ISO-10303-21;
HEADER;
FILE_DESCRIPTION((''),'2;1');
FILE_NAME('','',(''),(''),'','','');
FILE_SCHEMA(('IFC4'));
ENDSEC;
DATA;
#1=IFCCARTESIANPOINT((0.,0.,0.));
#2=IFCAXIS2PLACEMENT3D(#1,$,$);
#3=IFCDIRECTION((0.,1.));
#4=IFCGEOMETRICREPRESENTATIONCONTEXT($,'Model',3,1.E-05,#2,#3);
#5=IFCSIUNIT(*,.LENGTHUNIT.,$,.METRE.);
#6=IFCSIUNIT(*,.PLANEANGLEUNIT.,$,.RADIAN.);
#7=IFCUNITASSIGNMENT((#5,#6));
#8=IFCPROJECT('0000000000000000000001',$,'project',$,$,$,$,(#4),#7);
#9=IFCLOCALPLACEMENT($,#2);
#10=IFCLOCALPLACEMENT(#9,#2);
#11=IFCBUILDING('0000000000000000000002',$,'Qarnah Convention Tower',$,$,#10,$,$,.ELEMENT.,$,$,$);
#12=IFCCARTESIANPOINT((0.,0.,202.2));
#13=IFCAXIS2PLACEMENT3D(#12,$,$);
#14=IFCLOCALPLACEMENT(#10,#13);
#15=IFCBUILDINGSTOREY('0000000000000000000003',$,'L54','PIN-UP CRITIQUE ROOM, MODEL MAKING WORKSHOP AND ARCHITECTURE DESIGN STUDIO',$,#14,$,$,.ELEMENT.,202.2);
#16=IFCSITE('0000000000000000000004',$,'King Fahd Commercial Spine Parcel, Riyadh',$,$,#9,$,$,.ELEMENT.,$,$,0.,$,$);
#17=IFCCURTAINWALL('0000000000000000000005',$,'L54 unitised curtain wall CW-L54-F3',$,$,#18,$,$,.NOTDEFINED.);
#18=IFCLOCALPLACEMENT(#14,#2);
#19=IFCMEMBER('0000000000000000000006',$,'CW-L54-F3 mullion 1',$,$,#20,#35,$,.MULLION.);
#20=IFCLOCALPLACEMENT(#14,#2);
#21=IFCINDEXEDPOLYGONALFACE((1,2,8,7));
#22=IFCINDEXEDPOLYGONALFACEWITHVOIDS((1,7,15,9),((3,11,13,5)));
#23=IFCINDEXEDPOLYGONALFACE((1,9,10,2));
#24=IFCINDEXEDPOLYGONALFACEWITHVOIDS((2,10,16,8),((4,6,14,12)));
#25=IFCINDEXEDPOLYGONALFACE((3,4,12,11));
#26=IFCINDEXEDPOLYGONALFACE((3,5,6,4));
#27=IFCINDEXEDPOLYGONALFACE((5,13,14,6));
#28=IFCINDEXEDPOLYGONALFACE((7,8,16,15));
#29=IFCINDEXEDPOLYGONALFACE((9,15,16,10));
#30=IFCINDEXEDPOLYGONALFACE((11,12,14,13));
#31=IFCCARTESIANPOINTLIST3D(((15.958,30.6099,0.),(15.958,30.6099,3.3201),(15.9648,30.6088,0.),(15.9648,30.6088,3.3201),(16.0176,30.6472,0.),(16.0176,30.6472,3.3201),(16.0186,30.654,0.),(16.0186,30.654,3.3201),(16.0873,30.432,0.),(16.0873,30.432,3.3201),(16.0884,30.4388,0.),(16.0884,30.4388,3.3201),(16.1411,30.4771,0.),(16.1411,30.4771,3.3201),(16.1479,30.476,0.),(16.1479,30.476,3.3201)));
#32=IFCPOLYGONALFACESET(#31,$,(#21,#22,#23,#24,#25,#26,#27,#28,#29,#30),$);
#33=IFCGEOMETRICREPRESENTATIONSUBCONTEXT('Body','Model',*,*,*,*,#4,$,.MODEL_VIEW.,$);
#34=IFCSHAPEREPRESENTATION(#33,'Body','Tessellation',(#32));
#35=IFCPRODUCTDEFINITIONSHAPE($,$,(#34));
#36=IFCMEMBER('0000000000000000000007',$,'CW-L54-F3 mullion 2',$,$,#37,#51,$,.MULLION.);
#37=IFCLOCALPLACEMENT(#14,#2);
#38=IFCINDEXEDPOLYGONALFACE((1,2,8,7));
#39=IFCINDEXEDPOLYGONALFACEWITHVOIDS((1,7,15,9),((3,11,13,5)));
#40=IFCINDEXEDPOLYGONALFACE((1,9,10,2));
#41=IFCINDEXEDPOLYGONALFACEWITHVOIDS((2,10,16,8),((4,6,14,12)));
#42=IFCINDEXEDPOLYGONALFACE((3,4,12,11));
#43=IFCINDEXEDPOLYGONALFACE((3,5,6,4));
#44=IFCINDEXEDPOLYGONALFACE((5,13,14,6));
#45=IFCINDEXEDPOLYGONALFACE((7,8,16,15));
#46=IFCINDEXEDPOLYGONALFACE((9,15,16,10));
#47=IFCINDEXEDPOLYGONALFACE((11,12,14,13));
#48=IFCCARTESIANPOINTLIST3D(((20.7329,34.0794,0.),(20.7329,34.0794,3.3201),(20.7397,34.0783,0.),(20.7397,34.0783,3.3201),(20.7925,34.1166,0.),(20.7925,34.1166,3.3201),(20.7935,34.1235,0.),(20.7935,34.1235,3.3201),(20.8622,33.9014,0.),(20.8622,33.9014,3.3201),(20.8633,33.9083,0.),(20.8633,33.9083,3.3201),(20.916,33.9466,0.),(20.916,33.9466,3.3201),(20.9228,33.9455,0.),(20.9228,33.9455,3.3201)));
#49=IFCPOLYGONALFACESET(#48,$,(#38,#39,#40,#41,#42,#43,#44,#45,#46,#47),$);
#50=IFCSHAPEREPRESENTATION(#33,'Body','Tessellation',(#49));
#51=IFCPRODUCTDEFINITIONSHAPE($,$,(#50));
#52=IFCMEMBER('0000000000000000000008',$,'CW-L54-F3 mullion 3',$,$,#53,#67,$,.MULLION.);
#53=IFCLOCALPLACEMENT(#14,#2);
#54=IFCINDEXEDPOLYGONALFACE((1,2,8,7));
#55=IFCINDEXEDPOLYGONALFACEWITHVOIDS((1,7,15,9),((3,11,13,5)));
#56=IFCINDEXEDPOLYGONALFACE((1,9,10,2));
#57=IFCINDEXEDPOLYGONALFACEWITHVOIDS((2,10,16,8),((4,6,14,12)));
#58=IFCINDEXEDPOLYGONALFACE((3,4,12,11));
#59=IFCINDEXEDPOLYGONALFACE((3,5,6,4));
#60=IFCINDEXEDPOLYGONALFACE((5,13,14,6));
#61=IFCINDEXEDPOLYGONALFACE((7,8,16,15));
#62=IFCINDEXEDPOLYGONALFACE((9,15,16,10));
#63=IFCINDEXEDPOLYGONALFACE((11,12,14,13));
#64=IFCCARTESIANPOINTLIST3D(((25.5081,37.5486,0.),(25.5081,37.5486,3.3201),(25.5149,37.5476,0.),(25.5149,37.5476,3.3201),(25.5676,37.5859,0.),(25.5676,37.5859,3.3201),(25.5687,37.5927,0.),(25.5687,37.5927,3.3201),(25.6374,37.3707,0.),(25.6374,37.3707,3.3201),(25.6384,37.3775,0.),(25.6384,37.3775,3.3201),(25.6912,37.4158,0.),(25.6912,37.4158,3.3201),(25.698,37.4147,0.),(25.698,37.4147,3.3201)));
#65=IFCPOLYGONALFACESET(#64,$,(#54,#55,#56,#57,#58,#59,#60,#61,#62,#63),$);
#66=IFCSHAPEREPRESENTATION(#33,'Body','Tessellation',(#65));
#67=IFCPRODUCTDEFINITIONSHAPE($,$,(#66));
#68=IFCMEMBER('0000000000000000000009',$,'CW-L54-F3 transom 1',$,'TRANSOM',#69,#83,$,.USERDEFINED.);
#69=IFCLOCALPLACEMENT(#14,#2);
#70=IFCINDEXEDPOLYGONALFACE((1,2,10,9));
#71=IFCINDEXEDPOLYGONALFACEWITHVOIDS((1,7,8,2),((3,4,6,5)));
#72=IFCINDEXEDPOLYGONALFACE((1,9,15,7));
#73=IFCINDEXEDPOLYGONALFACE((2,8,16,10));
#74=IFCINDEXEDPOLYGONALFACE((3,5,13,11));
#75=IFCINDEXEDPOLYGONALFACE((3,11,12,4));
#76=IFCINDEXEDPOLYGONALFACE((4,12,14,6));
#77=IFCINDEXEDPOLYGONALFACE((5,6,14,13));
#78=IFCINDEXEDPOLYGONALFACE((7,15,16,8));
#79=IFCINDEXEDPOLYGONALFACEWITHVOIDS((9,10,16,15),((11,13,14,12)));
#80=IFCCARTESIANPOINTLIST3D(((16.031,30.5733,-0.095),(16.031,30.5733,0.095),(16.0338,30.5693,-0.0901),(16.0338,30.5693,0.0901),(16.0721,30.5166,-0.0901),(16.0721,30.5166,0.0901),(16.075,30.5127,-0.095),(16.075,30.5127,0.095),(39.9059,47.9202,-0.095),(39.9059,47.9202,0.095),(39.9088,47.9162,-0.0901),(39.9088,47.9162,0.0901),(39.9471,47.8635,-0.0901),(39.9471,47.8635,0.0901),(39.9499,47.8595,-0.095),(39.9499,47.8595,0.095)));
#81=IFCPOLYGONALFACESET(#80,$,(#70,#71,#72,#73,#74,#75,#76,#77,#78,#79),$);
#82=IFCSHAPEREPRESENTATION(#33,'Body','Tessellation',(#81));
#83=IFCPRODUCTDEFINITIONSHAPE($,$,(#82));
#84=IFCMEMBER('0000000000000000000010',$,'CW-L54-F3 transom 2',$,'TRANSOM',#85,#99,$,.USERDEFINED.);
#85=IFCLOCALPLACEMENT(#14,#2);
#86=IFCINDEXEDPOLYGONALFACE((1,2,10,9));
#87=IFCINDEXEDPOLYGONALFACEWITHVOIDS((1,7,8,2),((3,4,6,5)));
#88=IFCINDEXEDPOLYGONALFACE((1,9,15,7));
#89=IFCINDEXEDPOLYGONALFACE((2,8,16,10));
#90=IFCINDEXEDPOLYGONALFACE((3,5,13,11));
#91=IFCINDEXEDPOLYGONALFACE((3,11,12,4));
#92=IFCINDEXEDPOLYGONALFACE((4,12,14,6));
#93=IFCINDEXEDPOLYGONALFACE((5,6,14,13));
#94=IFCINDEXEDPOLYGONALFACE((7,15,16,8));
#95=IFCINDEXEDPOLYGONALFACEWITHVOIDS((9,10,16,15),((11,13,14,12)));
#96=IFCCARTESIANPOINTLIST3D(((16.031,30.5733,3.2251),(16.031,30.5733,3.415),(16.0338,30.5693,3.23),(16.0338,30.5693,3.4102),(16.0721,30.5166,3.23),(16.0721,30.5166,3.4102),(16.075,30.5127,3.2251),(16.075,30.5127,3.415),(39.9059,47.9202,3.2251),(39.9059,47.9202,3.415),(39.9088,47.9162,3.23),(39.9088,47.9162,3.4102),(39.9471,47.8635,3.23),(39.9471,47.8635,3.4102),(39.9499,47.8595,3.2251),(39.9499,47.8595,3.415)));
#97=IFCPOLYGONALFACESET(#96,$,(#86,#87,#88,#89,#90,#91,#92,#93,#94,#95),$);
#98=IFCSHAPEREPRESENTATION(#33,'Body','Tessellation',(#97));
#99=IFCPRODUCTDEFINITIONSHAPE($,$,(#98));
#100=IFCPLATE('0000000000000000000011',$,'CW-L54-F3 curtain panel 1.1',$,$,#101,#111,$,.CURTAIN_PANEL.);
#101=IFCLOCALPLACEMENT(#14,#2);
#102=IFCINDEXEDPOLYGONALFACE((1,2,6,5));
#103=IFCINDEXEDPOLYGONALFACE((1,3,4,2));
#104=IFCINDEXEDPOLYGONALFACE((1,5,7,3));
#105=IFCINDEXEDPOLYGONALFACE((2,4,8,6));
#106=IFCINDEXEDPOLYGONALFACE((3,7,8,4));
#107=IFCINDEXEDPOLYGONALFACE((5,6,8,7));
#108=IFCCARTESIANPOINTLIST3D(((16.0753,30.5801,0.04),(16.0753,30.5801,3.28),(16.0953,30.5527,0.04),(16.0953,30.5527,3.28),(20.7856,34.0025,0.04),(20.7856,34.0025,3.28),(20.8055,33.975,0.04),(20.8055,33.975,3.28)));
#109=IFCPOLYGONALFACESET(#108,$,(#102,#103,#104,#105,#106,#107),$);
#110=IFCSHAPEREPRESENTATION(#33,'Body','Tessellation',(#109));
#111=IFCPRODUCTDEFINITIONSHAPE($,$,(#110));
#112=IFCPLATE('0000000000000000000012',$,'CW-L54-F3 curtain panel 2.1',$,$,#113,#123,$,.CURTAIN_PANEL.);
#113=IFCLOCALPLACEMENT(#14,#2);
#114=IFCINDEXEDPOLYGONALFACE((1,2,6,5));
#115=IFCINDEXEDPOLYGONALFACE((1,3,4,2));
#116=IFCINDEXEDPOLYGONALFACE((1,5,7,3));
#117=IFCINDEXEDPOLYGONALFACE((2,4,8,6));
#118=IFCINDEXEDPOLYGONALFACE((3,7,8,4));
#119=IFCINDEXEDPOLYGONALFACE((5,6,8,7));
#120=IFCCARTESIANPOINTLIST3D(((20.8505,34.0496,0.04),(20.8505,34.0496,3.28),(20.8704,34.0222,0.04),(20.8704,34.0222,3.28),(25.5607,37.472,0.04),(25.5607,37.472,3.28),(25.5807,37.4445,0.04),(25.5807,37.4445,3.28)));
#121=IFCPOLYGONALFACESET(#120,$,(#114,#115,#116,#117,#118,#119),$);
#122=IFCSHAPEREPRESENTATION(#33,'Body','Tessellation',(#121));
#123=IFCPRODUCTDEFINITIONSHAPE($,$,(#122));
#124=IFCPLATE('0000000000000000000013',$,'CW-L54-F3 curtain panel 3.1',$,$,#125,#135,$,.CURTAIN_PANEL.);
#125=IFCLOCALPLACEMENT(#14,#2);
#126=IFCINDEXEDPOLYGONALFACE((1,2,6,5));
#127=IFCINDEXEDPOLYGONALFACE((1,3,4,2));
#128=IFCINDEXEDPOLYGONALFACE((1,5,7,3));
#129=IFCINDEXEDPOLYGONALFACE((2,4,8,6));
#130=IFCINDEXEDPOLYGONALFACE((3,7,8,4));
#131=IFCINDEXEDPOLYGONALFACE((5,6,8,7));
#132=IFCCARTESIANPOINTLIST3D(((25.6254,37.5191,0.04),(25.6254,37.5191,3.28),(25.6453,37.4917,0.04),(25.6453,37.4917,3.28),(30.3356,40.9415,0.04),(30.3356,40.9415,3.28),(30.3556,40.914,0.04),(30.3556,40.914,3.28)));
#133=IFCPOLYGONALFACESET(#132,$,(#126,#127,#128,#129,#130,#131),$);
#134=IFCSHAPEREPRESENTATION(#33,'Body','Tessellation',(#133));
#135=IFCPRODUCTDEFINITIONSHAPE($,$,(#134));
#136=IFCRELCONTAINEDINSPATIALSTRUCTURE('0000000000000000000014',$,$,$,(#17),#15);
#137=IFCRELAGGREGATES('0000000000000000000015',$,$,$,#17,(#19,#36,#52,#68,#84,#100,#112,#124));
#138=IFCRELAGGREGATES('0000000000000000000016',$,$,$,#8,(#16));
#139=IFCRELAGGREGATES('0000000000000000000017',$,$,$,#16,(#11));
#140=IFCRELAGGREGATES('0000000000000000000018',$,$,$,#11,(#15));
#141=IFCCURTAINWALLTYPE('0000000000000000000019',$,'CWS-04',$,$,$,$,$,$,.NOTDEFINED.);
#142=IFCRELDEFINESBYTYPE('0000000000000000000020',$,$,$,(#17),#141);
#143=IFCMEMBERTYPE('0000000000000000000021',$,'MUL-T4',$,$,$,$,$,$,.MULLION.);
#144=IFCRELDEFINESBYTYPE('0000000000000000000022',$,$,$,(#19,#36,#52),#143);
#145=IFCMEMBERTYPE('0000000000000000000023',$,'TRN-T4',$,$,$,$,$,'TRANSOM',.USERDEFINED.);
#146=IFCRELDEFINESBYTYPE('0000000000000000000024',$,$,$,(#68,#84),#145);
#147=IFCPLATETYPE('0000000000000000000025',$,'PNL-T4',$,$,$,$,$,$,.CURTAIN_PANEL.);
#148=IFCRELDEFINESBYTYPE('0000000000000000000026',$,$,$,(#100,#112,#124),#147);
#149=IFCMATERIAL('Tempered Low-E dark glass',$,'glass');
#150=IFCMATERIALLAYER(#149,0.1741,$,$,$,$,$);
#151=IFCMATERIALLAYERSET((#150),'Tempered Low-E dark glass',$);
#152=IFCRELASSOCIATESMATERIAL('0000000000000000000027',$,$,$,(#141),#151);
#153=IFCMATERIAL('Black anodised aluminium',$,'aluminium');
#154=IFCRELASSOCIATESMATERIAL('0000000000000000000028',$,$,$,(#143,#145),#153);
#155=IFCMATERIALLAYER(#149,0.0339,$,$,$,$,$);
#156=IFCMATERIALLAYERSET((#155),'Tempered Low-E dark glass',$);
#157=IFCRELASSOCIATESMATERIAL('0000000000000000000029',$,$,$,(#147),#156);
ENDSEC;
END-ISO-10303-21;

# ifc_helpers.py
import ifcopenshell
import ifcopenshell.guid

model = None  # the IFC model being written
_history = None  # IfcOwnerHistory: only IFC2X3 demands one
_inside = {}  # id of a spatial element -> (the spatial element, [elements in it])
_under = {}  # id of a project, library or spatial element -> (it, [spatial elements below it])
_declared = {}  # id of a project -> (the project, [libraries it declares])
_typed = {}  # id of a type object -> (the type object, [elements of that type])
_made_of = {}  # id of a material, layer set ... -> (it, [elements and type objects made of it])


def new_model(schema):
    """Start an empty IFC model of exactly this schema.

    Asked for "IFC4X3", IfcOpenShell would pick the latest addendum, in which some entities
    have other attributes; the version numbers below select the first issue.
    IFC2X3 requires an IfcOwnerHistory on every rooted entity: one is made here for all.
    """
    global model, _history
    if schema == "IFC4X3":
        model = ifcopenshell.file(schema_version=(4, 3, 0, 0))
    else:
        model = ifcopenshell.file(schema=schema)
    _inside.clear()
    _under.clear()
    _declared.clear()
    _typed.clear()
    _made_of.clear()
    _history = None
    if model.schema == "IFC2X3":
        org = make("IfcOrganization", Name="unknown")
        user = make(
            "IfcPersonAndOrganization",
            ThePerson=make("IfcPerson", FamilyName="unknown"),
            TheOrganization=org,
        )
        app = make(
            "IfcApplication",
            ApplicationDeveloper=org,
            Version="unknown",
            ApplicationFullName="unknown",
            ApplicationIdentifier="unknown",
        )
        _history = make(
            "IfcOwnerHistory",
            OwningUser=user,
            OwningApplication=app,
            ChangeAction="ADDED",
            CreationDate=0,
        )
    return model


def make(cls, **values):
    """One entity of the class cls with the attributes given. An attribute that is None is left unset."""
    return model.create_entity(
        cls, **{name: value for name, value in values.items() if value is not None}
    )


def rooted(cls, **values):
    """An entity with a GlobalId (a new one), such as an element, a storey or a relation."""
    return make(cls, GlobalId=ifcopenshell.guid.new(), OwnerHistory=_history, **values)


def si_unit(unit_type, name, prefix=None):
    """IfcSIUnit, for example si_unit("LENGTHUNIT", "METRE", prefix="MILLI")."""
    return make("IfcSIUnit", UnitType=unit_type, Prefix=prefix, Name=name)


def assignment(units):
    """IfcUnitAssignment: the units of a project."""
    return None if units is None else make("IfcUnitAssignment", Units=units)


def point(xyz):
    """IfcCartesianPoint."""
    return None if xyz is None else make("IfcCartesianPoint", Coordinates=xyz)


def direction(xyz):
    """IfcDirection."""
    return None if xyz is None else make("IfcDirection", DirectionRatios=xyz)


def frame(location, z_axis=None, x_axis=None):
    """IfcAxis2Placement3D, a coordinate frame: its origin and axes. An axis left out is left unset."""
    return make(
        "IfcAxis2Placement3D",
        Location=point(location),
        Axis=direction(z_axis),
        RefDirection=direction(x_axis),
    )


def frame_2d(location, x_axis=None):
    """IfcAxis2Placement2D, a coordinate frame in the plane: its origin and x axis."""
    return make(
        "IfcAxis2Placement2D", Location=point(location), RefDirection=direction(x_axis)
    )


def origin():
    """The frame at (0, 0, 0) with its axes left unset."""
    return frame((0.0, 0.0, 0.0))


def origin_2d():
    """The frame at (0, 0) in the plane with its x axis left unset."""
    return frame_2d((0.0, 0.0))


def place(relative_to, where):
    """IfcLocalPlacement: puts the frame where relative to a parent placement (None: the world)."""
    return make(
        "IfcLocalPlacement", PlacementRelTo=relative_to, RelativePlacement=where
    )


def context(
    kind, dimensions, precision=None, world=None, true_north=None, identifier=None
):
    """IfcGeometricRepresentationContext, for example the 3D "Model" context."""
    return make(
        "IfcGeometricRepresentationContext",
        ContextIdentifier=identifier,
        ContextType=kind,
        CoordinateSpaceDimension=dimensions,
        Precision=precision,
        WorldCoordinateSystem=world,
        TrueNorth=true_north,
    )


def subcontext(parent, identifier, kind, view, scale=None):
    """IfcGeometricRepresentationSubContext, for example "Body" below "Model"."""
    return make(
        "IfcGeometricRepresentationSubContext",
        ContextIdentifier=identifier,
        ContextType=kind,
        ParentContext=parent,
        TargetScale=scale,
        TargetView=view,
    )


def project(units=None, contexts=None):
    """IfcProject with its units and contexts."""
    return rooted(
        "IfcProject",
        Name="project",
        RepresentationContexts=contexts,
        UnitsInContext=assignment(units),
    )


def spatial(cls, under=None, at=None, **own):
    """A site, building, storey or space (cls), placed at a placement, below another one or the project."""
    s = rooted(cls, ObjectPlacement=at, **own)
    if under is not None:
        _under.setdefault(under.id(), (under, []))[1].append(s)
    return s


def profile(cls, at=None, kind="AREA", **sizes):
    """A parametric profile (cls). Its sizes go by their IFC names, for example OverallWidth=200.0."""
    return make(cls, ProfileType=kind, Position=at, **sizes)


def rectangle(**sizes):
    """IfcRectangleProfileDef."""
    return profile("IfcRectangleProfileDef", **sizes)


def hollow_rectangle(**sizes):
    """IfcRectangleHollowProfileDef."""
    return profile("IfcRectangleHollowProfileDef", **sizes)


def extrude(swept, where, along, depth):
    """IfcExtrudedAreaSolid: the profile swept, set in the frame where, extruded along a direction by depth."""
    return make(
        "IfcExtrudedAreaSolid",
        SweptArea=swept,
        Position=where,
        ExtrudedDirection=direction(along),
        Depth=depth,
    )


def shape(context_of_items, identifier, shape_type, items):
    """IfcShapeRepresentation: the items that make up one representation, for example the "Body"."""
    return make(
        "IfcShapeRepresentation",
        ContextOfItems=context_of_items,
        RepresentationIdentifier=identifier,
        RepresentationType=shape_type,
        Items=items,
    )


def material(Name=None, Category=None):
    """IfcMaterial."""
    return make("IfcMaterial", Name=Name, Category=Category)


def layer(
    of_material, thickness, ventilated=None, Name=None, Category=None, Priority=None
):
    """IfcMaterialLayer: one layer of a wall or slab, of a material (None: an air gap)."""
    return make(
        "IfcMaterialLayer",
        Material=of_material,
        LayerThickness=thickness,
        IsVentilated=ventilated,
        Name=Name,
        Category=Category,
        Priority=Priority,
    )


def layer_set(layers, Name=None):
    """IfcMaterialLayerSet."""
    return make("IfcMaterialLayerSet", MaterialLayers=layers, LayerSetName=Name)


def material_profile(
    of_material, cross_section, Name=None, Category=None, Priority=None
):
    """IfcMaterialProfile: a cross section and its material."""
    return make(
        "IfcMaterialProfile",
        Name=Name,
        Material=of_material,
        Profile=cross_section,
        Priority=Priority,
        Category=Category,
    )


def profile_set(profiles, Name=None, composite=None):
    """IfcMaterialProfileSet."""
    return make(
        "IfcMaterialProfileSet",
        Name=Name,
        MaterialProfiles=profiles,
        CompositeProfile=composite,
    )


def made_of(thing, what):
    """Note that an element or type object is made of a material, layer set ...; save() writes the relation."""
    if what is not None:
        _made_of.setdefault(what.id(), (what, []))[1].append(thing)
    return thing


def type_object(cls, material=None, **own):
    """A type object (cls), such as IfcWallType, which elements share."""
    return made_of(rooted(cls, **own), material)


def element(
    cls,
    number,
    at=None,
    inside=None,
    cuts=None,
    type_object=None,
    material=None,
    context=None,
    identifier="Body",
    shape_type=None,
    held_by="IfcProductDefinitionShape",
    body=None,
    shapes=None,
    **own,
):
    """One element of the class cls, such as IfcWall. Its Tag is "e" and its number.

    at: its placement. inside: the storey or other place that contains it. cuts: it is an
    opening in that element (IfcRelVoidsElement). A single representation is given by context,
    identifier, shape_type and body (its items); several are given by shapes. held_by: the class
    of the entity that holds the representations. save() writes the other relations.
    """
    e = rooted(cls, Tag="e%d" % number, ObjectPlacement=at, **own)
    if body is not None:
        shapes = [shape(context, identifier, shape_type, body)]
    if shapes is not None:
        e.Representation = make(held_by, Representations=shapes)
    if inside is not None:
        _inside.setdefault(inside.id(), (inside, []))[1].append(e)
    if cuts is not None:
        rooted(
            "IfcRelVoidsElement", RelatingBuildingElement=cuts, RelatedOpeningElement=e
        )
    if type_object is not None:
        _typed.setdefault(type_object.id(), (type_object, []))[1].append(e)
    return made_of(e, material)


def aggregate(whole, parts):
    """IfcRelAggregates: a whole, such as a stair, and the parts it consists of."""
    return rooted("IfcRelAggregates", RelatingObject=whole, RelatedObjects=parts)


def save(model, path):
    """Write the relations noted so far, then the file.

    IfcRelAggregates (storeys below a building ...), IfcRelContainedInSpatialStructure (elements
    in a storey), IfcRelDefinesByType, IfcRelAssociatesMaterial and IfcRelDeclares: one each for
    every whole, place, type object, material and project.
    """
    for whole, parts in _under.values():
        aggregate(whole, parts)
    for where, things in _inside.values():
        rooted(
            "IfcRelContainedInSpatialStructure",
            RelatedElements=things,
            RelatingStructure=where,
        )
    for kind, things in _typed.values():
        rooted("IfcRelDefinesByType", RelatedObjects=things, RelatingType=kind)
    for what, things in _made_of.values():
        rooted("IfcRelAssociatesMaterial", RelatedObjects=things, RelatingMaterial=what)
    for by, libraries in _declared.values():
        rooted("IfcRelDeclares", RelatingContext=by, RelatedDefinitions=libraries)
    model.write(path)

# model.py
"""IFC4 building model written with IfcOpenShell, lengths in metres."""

from ifc_helpers import new_model, si_unit, direction, frame, origin, origin_2d, place, context, subcontext, project, spatial, rectangle, hollow_rectangle, extrude, material, layer, layer_set, material_profile, profile_set, type_object, element, aggregate, save


model = new_model("IFC4")

# Units and contexts
model_context = context("Model", 3, precision=1e-05, world=origin(), true_north=direction((0.0, 1.0)))
body_context = subcontext(model_context, "Body", "Model", "MODEL_VIEW")
ifc_project = project(units=[si_unit("LENGTHUNIT", "METRE"), si_unit("PLANEANGLEUNIT", "RADIAN")], contexts=[model_context])

# Site, building, storey
site_placement = place(None, origin())
site = spatial("IfcSite", under=ifc_project, at=site_placement, Name="King Fahd Commercial Spine Parcel, Riyadh", CompositionType="ELEMENT", RefElevation=0.0)
building_placement = place(site_placement, origin())
building = spatial("IfcBuilding", under=site, at=building_placement, Name="Qarnah Convention Tower", CompositionType="ELEMENT")
storey_placement = place(building_placement, frame((0.0, 0.0, 202.2)))
storey = spatial("IfcBuildingStorey", under=building, at=storey_placement, Name="L54", Description="PIN-UP CRITIQUE ROOM, MODEL MAKING WORKSHOP AND ARCHITECTURE DESIGN STUDIO", CompositionType="ELEMENT", Elevation=202.2)

# Curtain wall, members, plates
ifc_material_1 = material(Name="Tempered Low-E dark glass", Category="glass")
ifc_layer_1 = layer(ifc_material_1, 0.1741)
ifc_layer_set_1 = layer_set([ifc_layer_1], Name="Tempered Low-E dark glass")
curtain_wall_type = type_object("IfcCurtainWallType", Name="CWS-04", PredefinedType="NOTDEFINED", material=ifc_layer_set_1)
curtain_wall_placement = place(storey_placement, origin())
curtain_wall = element("IfcCurtainWall", 1, at=curtain_wall_placement, inside=storey, type_object=curtain_wall_type, Name="L54 unitised curtain wall CW-L54-F3", PredefinedType="NOTDEFINED")
ifc_material_2 = material(Name="Black anodised aluminium", Category="aluminium")
ifc_material_profile_1 = material_profile(ifc_material_2, hollow_rectangle(XDim=0.075, YDim=0.22, WallThickness=0.0049, at=origin_2d()), Name="MUL-75X220")
ifc_profile_set_1 = profile_set([ifc_material_profile_1], Name="Black anodised aluminium")
member_type_1 = type_object("IfcMemberType", Name="MUL-T4", PredefinedType="MULLION", material=ifc_profile_set_1)
member_1_placement = place(storey_placement, frame((16.053, 30.543, 0.0), z_axis=(0.0, 0.0, 1.0), x_axis=(0.809004, 0.587803, 0.0)))
member_1 = element("IfcMember", 2, at=member_1_placement, type_object=member_type_1, Name="CW-L54-F3 mullion 1", PredefinedType="MULLION", context=body_context, shape_type="SweptSolid", body=[
    extrude(hollow_rectangle(XDim=0.075, YDim=0.22, WallThickness=0.0049, at=origin_2d()), origin(), (0.0, 0.0, 1.0), 3.3201),
])
member_2_placement = place(storey_placement, frame((20.8279, 34.0125, 0.0), z_axis=(0.0, 0.0, 1.0), x_axis=(0.809004, 0.587803, 0.0)))
member_2 = element("IfcMember", 3, at=member_2_placement, type_object=member_type_1, Name="CW-L54-F3 mullion 2", PredefinedType="MULLION", context=body_context, shape_type="SweptSolid", body=[
    extrude(hollow_rectangle(XDim=0.075, YDim=0.22, WallThickness=0.0049, at=origin_2d()), origin(), (0.0, 0.0, 1.0), 3.3201),
])
member_3_placement = place(storey_placement, frame((25.603, 37.4817, 0.0), z_axis=(0.0, 0.0, 1.0), x_axis=(0.809004, 0.587803, 0.0)))
member_3 = element("IfcMember", 4, at=member_3_placement, type_object=member_type_1, Name="CW-L54-F3 mullion 3", PredefinedType="MULLION", context=body_context, shape_type="SweptSolid", body=[
    extrude(hollow_rectangle(XDim=0.075, YDim=0.22, WallThickness=0.0049, at=origin_2d()), origin(), (0.0, 0.0, 1.0), 3.3201),
])
ifc_material_profile_2 = material_profile(ifc_material_2, hollow_rectangle(XDim=0.075, YDim=0.1899, WallThickness=0.0049, at=origin_2d()), Name="TRN-75X190")
ifc_profile_set_2 = profile_set([ifc_material_profile_2], Name="Black anodised aluminium")
member_type_2 = type_object("IfcMemberType", Name="TRN-T4", ElementType="TRANSOM", PredefinedType="USERDEFINED", material=ifc_profile_set_2)
member_4_placement = place(storey_placement, frame((16.053, 30.543, 0.0), z_axis=(0.809005, 0.587801, 0.0), x_axis=(-0.587801, 0.809005, 0.0)))
member_4 = element("IfcMember", 5, at=member_4_placement, type_object=member_type_2, Name="CW-L54-F3 transom 1", ObjectType="TRANSOM", PredefinedType="USERDEFINED", context=body_context, shape_type="SweptSolid", body=[
    extrude(hollow_rectangle(XDim=0.075, YDim=0.1899, WallThickness=0.0049, at=origin_2d()), origin(), (0.0, 0.0, 1.0), 29.5115),
])
member_5_placement = place(storey_placement, frame((16.053, 30.543, 3.3201), z_axis=(0.809005, 0.587801, 0.0), x_axis=(-0.587801, 0.809005, 0.0)))
member_5 = element("IfcMember", 6, at=member_5_placement, type_object=member_type_2, Name="CW-L54-F3 transom 2", ObjectType="TRANSOM", PredefinedType="USERDEFINED", context=body_context, shape_type="SweptSolid", body=[
    extrude(hollow_rectangle(XDim=0.075, YDim=0.1899, WallThickness=0.0049, at=origin_2d()), origin(), (0.0, 0.0, 1.0), 29.5115),
])
ifc_layer_2 = layer(ifc_material_1, 0.0339)
ifc_layer_set_2 = layer_set([ifc_layer_2], Name="Tempered Low-E dark glass")
plate_type = type_object("IfcPlateType", Name="PNL-T4", PredefinedType="CURTAIN_PANEL", material=ifc_layer_set_2)
plate_1_placement = place(storey_placement, frame((18.4404, 32.2776, 0.04), z_axis=(0.0, 0.0, 1.0), x_axis=(0.809004, 0.587803, 0.0)))
plate_1 = element("IfcPlate", 7, at=plate_1_placement, type_object=plate_type, Name="CW-L54-F3 curtain panel 1.1", PredefinedType="CURTAIN_PANEL", context=body_context, shape_type="SweptSolid", body=[
    extrude(rectangle(XDim=5.8223, YDim=0.0339, at=origin_2d()), origin(), (0.0, 0.0, 1.0), 3.24),
])
plate_2_placement = place(storey_placement, frame((23.2156, 35.7471, 0.04), z_axis=(0.0, 0.0, 1.0), x_axis=(0.809004, 0.587803, 0.0)))
plate_2 = element("IfcPlate", 8, at=plate_2_placement, type_object=plate_type, Name="CW-L54-F3 curtain panel 2.1", PredefinedType="CURTAIN_PANEL", context=body_context, shape_type="SweptSolid", body=[
    extrude(rectangle(XDim=5.8223, YDim=0.0339, at=origin_2d()), origin(), (0.0, 0.0, 1.0), 3.24),
])
plate_3_placement = place(storey_placement, frame((27.9905, 39.2166, 0.04), z_axis=(0.0, 0.0, 1.0), x_axis=(0.809004, 0.587803, 0.0)))
plate_3 = element("IfcPlate", 9, at=plate_3_placement, type_object=plate_type, Name="CW-L54-F3 curtain panel 3.1", PredefinedType="CURTAIN_PANEL", context=body_context, shape_type="SweptSolid", body=[
    extrude(rectangle(XDim=5.8223, YDim=0.0339, at=origin_2d()), origin(), (0.0, 0.0, 1.0), 3.24),
])
aggregate(curtain_wall, [member_1, member_2, member_3, member_4, member_5, plate_1, plate_2, plate_3])

save(model, "model.ifc")
